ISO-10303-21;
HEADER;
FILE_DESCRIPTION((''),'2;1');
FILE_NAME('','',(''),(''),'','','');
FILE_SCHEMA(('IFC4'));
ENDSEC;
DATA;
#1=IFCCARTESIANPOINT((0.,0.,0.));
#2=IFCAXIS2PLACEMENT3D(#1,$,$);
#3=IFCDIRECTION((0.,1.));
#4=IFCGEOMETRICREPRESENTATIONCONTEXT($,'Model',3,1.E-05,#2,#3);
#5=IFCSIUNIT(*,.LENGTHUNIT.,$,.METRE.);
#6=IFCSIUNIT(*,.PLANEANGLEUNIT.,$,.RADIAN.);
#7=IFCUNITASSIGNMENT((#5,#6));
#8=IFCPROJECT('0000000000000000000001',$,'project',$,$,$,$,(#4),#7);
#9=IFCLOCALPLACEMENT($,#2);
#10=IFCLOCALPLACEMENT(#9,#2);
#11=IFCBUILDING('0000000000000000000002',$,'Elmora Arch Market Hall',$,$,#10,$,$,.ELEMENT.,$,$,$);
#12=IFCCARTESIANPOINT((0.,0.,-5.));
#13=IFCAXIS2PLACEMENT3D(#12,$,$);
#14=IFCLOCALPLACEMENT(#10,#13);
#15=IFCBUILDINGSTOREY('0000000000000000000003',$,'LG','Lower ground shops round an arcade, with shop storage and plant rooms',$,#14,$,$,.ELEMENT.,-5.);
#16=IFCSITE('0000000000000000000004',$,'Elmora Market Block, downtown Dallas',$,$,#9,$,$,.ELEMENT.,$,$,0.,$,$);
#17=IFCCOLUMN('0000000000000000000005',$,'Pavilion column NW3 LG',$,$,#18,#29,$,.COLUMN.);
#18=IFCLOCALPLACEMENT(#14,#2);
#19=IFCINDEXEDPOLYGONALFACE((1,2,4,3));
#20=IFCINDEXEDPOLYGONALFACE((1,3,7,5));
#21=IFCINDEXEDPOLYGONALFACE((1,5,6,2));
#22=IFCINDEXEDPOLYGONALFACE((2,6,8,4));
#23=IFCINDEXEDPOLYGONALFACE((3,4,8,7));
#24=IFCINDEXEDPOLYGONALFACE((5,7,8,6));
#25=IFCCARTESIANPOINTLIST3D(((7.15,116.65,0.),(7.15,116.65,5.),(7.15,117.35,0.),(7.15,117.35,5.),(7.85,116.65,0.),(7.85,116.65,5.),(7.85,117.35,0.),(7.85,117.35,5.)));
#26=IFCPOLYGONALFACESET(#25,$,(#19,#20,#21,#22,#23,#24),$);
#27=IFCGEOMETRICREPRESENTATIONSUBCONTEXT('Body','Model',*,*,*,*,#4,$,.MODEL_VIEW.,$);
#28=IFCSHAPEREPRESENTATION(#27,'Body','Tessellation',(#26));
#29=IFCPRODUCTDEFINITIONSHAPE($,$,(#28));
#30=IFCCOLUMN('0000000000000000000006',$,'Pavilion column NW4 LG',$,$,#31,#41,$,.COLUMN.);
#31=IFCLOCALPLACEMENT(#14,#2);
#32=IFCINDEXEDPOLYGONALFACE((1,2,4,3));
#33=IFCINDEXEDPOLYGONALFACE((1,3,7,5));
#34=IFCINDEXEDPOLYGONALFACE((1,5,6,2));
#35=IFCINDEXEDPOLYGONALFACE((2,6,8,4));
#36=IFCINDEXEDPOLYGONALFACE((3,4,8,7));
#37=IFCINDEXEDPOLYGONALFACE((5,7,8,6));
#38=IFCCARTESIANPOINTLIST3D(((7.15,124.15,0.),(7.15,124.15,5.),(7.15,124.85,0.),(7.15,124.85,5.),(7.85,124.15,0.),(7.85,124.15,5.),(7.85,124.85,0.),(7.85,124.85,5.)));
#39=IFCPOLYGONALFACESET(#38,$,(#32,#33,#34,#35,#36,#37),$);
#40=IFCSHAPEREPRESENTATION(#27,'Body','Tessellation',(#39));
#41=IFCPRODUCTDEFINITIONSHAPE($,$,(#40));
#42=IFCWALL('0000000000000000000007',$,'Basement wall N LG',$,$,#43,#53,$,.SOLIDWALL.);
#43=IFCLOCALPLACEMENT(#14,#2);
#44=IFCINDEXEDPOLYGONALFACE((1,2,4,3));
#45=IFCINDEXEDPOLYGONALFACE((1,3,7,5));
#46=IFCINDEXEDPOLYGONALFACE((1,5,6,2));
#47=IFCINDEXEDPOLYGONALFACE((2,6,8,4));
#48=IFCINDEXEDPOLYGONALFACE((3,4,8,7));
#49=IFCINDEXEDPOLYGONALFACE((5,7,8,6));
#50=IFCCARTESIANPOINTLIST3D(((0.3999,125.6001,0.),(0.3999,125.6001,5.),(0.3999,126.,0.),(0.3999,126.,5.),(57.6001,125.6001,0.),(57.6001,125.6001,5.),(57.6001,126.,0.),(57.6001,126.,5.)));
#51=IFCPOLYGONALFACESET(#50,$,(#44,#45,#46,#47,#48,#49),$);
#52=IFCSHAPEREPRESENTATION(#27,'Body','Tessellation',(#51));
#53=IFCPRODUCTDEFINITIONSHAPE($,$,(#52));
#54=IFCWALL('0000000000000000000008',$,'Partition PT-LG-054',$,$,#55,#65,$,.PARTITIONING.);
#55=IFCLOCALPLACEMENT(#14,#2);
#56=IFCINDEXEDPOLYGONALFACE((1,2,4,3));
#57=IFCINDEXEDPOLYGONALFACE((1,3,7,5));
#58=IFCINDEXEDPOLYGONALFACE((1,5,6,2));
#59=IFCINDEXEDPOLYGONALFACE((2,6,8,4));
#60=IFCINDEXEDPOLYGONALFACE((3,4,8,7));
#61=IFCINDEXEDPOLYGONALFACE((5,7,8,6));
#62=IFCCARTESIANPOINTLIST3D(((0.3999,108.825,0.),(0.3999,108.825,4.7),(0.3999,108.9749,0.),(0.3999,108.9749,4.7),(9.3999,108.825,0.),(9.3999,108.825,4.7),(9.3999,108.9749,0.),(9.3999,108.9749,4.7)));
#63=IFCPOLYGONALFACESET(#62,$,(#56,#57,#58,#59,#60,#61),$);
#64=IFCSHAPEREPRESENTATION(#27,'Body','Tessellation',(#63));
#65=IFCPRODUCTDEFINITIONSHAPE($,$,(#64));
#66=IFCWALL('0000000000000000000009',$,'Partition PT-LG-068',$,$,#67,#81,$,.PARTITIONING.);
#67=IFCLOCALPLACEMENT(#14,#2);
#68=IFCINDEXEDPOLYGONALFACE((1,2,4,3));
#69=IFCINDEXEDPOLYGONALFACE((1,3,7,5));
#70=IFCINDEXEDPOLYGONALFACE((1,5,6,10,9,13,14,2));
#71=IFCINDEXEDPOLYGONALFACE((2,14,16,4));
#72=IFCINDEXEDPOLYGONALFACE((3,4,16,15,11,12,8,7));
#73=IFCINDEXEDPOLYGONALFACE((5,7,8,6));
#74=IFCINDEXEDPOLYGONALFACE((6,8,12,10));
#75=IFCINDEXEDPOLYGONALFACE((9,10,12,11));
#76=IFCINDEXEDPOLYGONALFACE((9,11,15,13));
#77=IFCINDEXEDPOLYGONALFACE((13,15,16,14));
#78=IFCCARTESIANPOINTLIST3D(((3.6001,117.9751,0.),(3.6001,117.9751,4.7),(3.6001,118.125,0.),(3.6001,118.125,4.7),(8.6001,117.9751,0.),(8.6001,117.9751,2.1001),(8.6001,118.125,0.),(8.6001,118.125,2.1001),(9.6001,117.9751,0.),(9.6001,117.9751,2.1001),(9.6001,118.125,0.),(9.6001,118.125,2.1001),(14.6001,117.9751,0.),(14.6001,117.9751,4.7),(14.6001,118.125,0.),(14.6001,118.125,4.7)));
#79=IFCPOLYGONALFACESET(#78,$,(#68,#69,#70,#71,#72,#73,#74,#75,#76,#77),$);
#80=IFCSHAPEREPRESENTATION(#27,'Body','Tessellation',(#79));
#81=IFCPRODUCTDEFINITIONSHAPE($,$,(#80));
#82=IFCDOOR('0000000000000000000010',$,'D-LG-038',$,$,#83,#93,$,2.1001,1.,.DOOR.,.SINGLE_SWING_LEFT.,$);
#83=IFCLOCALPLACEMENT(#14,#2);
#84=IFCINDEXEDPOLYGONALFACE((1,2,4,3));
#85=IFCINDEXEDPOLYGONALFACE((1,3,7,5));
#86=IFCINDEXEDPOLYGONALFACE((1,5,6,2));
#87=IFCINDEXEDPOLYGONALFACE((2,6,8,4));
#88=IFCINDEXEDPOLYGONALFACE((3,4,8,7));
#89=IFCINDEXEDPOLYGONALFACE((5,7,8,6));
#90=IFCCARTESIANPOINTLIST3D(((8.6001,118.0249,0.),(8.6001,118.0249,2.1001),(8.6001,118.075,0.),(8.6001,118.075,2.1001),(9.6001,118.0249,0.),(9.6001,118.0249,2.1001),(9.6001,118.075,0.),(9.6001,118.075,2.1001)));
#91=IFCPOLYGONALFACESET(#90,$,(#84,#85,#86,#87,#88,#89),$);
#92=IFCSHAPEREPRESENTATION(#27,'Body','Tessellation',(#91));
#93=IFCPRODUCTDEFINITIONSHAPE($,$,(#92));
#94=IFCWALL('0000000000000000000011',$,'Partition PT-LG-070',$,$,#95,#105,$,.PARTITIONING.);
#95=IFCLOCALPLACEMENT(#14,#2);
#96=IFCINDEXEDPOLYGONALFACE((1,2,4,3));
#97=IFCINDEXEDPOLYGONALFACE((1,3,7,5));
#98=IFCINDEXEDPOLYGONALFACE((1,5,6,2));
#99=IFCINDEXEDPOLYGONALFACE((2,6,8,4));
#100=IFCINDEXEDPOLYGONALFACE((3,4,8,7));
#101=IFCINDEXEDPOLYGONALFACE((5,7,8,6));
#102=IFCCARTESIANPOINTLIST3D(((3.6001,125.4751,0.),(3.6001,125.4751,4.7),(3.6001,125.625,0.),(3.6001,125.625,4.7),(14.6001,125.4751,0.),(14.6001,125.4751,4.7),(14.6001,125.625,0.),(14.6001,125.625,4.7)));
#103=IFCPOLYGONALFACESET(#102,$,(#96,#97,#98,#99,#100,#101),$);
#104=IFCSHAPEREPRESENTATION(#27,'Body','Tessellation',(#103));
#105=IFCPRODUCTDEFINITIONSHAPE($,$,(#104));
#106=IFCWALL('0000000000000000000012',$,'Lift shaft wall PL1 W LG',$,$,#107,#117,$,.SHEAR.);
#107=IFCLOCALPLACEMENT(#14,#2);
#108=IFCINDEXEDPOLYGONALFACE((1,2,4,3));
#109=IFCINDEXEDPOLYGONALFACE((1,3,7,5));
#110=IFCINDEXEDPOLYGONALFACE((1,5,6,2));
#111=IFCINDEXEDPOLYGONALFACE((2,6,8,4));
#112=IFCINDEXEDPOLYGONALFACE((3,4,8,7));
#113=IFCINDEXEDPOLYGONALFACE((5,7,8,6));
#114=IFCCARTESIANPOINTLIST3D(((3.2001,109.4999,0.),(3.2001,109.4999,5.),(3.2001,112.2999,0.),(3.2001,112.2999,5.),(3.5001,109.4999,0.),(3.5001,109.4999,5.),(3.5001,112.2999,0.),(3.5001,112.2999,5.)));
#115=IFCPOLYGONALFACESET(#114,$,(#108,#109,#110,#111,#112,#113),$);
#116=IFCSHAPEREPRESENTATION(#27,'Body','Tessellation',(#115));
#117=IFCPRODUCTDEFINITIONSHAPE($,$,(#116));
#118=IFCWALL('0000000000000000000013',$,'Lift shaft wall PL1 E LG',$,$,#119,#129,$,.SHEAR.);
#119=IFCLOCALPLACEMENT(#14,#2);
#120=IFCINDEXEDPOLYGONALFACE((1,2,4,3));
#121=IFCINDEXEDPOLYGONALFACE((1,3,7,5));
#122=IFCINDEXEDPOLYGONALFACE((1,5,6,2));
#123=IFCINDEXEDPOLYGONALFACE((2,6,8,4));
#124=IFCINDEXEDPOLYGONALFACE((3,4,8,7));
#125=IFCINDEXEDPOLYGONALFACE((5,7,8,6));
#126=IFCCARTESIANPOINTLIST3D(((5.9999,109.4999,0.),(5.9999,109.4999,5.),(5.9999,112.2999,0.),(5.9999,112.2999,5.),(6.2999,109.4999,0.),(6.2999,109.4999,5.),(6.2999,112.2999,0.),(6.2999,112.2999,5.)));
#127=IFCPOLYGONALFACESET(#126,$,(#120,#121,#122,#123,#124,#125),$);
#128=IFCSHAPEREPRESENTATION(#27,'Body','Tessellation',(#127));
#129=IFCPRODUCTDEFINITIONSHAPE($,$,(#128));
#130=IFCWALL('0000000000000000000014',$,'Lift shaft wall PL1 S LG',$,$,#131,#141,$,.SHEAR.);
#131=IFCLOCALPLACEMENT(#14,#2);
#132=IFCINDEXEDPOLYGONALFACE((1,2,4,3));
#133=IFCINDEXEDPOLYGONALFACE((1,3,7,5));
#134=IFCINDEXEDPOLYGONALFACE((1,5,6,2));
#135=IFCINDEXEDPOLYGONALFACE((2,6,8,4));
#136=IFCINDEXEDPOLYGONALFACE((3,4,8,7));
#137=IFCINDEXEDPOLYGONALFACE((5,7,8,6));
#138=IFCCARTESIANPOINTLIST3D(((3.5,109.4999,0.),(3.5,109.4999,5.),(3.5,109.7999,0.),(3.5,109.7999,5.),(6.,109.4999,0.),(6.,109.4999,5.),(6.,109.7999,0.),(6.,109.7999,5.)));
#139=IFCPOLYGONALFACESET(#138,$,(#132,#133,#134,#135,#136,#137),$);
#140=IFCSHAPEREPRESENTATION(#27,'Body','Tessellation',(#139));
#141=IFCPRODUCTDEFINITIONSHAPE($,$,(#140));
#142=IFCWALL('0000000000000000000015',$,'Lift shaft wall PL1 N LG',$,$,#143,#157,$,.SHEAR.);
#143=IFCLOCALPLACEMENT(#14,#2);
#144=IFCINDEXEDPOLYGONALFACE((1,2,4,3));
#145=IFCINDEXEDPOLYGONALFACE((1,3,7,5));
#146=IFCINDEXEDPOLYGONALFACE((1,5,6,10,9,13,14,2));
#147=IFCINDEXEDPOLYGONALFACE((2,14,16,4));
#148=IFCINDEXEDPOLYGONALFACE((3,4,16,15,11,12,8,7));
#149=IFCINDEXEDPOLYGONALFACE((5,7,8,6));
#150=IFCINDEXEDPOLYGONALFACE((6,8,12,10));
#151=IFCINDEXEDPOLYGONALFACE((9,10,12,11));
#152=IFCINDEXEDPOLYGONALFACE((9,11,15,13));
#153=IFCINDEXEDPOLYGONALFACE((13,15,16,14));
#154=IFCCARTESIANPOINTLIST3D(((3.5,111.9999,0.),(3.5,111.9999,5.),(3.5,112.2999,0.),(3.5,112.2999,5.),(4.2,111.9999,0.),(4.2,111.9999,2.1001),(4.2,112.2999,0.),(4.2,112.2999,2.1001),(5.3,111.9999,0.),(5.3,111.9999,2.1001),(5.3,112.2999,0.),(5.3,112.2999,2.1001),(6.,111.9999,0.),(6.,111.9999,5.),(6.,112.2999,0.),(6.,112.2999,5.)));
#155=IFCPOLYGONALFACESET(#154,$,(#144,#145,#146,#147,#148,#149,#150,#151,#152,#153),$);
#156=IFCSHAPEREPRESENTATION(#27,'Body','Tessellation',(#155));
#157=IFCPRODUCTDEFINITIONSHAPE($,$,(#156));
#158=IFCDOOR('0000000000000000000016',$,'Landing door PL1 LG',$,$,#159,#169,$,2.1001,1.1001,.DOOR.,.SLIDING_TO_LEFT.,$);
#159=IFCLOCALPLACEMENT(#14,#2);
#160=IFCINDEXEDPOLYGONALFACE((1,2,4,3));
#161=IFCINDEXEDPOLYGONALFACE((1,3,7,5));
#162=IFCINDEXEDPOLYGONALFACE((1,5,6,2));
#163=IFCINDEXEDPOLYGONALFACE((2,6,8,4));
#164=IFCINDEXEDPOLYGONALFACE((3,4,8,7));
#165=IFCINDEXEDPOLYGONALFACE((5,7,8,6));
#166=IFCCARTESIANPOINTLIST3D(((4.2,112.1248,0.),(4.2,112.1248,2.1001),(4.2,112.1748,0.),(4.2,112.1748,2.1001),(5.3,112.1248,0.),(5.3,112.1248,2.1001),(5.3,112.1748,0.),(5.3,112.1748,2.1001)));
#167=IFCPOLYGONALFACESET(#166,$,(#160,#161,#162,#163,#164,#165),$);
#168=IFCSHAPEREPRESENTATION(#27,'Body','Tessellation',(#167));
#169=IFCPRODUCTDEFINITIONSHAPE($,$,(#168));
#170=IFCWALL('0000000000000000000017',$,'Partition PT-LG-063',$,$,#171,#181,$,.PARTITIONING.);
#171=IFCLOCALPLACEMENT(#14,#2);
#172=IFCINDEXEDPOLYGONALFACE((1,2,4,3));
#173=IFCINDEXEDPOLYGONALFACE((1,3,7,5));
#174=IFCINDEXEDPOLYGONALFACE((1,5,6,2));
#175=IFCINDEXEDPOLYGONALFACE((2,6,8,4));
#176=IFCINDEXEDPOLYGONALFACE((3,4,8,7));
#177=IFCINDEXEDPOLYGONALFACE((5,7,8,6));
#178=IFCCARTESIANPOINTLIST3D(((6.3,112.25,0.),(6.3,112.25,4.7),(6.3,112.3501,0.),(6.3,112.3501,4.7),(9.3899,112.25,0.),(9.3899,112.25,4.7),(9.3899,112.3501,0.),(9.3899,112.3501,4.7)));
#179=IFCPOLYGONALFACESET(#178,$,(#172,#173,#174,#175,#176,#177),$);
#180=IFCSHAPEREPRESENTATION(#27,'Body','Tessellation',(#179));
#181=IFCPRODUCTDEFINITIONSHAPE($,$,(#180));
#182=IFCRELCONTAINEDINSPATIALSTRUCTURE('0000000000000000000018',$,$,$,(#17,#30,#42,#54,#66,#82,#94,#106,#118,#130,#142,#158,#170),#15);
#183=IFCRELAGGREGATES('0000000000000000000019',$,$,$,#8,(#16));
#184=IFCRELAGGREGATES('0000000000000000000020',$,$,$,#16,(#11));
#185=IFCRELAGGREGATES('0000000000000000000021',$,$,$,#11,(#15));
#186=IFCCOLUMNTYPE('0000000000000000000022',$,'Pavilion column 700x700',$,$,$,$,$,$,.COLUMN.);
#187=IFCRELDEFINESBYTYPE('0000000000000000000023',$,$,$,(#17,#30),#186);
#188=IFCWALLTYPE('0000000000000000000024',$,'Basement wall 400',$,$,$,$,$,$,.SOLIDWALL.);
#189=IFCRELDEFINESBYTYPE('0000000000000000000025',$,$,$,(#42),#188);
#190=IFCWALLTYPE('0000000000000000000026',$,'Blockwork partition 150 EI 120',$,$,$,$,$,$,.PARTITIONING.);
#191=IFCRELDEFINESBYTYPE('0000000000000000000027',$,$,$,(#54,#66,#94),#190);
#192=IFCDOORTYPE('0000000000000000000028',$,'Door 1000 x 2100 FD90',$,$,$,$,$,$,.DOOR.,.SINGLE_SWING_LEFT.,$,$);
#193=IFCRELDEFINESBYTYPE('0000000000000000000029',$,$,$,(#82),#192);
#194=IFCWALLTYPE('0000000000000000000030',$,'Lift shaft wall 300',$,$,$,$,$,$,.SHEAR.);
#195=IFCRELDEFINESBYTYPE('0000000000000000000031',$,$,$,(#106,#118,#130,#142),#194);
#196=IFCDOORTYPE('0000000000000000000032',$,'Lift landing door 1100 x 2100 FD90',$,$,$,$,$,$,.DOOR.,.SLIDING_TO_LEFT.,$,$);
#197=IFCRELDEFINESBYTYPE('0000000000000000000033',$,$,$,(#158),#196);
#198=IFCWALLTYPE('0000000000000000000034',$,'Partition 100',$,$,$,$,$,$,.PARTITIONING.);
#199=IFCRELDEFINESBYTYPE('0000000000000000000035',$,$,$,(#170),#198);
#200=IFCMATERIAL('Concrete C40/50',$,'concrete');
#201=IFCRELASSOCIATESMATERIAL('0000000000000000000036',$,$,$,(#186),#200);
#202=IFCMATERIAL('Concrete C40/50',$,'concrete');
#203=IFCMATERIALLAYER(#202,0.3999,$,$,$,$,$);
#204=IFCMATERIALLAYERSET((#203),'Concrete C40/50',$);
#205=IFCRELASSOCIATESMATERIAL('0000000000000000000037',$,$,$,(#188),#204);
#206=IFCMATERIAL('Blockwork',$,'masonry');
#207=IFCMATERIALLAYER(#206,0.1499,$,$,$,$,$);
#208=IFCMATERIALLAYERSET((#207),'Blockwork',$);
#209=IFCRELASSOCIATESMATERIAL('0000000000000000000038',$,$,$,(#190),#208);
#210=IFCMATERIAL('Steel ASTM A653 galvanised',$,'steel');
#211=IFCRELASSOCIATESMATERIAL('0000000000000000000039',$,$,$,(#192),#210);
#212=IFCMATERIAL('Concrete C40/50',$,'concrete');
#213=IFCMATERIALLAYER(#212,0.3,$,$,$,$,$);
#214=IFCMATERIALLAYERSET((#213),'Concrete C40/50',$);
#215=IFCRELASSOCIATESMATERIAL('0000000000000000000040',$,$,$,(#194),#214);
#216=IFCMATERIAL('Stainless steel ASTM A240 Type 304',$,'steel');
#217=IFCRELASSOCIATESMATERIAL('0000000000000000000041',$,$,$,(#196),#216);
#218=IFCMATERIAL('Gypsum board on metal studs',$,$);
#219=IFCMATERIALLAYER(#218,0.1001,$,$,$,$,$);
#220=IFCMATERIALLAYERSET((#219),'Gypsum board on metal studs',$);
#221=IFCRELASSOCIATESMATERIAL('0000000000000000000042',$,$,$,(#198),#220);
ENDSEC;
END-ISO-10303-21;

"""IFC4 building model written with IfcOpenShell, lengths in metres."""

from ifc_helpers import new_model, si_unit, direction, frame, frame_2d, origin, origin_2d, place, context, subcontext, project, spatial, rectangle, extrude, material, layer, layer_set, material_profile, profile_set, type_object, element, fill, save


model = new_model("IFC4")

# Units and contexts
model_context = context("Model", 3, precision=1e-05, world=origin(), true_north=direction((0.0, 1.0)))
body_context = subcontext(model_context, "Body", "Model", "MODEL_VIEW")
ifc_project = project(units=[si_unit("LENGTHUNIT", "METRE"), si_unit("PLANEANGLEUNIT", "RADIAN")], contexts=[model_context])

# Site, building, storey
site_placement = place(None, origin())
site = spatial("IfcSite", under=ifc_project, at=site_placement, Name="Elmora Market Block, downtown Dallas", CompositionType="ELEMENT", RefElevation=0.0)
building_placement = place(site_placement, origin())
building = spatial("IfcBuilding", under=site, at=building_placement, Name="Elmora Arch Market Hall", CompositionType="ELEMENT")
storey_placement = place(building_placement, frame((0.0, 0.0, -5.0)))
storey = spatial("IfcBuildingStorey", under=building, at=storey_placement, Name="LG", Description="Lower ground shops round an arcade, with shop storage and plant rooms", CompositionType="ELEMENT", Elevation=-5.0)

# Columns
ifc_material_1 = material(Name="Concrete C40/50", Category="concrete")
ifc_material_profile = material_profile(ifc_material_1, rectangle(XDim=0.7, YDim=0.7, at=origin_2d()), Name="Pavilion column 700x700")
ifc_profile_set = profile_set([ifc_material_profile], Name="Concrete C40/50")
column_type = type_object("IfcColumnType", Name="Pavilion column 700x700", PredefinedType="COLUMN", material=ifc_profile_set)
for number, where, z_axis, x_axis, name in (
    (1, (7.5, 117.0, 0.0), (0.0, 0.0, 1.0), (1.0, 0.0, 0.0), "Pavilion column NW3 LG"),
    (2, (7.5, 124.5, 0.0), (0.0, 0.0, 1.0), (1.0, 0.0, 0.0), "Pavilion column NW4 LG"),
):
    element("IfcColumn", number, at=place(storey_placement, frame(where, z_axis=z_axis, x_axis=x_axis)), inside=storey, type_object=column_type, Name=name, PredefinedType="COLUMN", context=body_context, shape_type="SweptSolid", body=[
        extrude(rectangle(XDim=0.7, YDim=0.7, at=origin_2d()), origin(), (0.0, 0.0, 1.0), 5.0),
    ])

# Walls
ifc_material_2 = material(Name="Concrete C40/50", Category="concrete")
ifc_layer_1 = layer(ifc_material_2, 0.3999)
ifc_layer_set_1 = layer_set([ifc_layer_1], Name="Concrete C40/50")
wall_type_1 = type_object("IfcWallType", Name="Basement wall 400", PredefinedType="SOLIDWALL", material=ifc_layer_set_1)
wall_1_placement = place(storey_placement, frame((0.3999, 125.8, 0.0), z_axis=(0.0, 0.0, 1.0), x_axis=(1.0, 0.0, 0.0)))
element("IfcWall", 3, at=wall_1_placement, inside=storey, type_object=wall_type_1, Name="Basement wall N LG", PredefinedType="SOLIDWALL", context=body_context, shape_type="SweptSolid", body=[
    extrude(rectangle(XDim=57.2002, YDim=0.3999, at=frame_2d((28.6001, 0.0))), origin(), (0.0, 0.0, 1.0), 5.0),
])
ifc_material_3 = material(Name="Blockwork", Category="masonry")
ifc_layer_2 = layer(ifc_material_3, 0.1499)
ifc_layer_set_2 = layer_set([ifc_layer_2], Name="Blockwork")
wall_type_2 = type_object("IfcWallType", Name="Blockwork partition 150 EI 120", PredefinedType="PARTITIONING", material=ifc_layer_set_2)
wall_2_placement = place(storey_placement, frame((0.3999, 108.8999, 0.0), z_axis=(0.0, 0.0, 1.0), x_axis=(1.0, 0.0, 0.0)))
element("IfcWall", 4, at=wall_2_placement, inside=storey, type_object=wall_type_2, Name="Partition PT-LG-054", PredefinedType="PARTITIONING", context=body_context, shape_type="SweptSolid", body=[
    extrude(rectangle(XDim=9.0, YDim=0.1499, at=frame_2d((4.5, 0.0))), origin(), (0.0, 0.0, 1.0), 4.7),
])

# Wall, opening, door
wall_3_placement = place(storey_placement, frame((3.6001, 118.05, 0.0), z_axis=(0.0, 0.0, 1.0), x_axis=(1.0, 0.0, 0.0)))
wall_3 = element("IfcWall", 5, at=wall_3_placement, inside=storey, type_object=wall_type_2, Name="Partition PT-LG-068", PredefinedType="PARTITIONING", context=body_context, shape_type="SweptSolid", body=[
    extrude(rectangle(XDim=11.0, YDim=0.1499, at=frame_2d((5.5, 0.0))), origin(), (0.0, 0.0, 1.0), 4.7),
])
opening_1_placement = place(wall_3_placement, frame((5.0, 0.0, 0.0)))
opening_1 = element("IfcOpeningElement", 6, at=opening_1_placement, cuts=wall_3, PredefinedType="OPENING", context=body_context, shape_type="SweptSolid", body=[
    extrude(rectangle(XDim=1.0, YDim=2.1001, at=frame_2d((0.5, 1.05))), frame((0.0, 0.085, 0.0), z_axis=(0.0, -1.0, 0.0), x_axis=(1.0, 0.0, 0.0)), (0.0, 0.0, 1.0), 0.1699),
])
ifc_material_4 = material(Name="Steel ASTM A653 galvanised", Category="steel")
door_type_1 = type_object("IfcDoorType", Name="Door 1000 x 2100 FD90", OperationType="SINGLE_SWING_LEFT", PredefinedType="DOOR", material=ifc_material_4)
door_1_placement = place(opening_1_placement, origin())
door_1 = element("IfcDoor", 7, at=door_1_placement, inside=storey, type_object=door_type_1, Name="D-LG-038", OperationType="SINGLE_SWING_LEFT", OverallHeight=2.1001, OverallWidth=1.0, PredefinedType="DOOR", context=body_context, shape_type="SweptSolid", body=[
    extrude(rectangle(XDim=1.0, YDim=2.1001, at=frame_2d((0.5, 1.05))), frame((0.0, 0.0249, 0.0), z_axis=(0.0, -1.0, 0.0), x_axis=(1.0, 0.0, 0.0)), (0.0, 0.0, 1.0), 0.05),
])
fill(opening_1, door_1)

# Walls
wall_4_placement = place(storey_placement, frame((3.6001, 125.55, 0.0), z_axis=(0.0, 0.0, 1.0), x_axis=(1.0, 0.0, 0.0)))
element("IfcWall", 8, at=wall_4_placement, inside=storey, type_object=wall_type_2, Name="Partition PT-LG-070", PredefinedType="PARTITIONING", context=body_context, shape_type="SweptSolid", body=[
    extrude(rectangle(XDim=11.0, YDim=0.1499, at=frame_2d((5.5, 0.0))), origin(), (0.0, 0.0, 1.0), 4.7),
])
ifc_material_5 = material(Name="Concrete C40/50", Category="concrete")
ifc_layer_3 = layer(ifc_material_5, 0.3)
ifc_layer_set_3 = layer_set([ifc_layer_3], Name="Concrete C40/50")
wall_type_3 = type_object("IfcWallType", Name="Lift shaft wall 300", PredefinedType="SHEAR", material=ifc_layer_set_3)
for number, where, z_axis, x_axis, name in (
    (9, (3.3501, 109.5, 0.0), (0.0, 0.0, 1.0), (0.0, 1.0, 0.0), "Lift shaft wall PL1 W LG"),
    (10, (6.1499, 109.5, 0.0), (0.0, 0.0, 1.0), (0.0, 1.0, 0.0), "Lift shaft wall PL1 E LG"),
):
    element("IfcWall", number, at=place(storey_placement, frame(where, z_axis=z_axis, x_axis=x_axis)), inside=storey, type_object=wall_type_3, Name=name, PredefinedType="SHEAR", context=body_context, shape_type="SweptSolid", body=[
        extrude(rectangle(XDim=2.8, YDim=0.3, at=frame_2d((1.3999, 0.0))), origin(), (0.0, 0.0, 1.0), 5.0),
    ])
wall_5_placement = place(storey_placement, frame((3.5, 109.6499, 0.0), z_axis=(0.0, 0.0, 1.0), x_axis=(1.0, 0.0, 0.0)))
element("IfcWall", 11, at=wall_5_placement, inside=storey, type_object=wall_type_3, Name="Lift shaft wall PL1 S LG", PredefinedType="SHEAR", context=body_context, shape_type="SweptSolid", body=[
    extrude(rectangle(XDim=2.5, YDim=0.3, at=frame_2d((1.25, 0.0))), origin(), (0.0, 0.0, 1.0), 5.0),
])

# Wall, opening, door
wall_6_placement = place(storey_placement, frame((3.5, 112.1499, 0.0), z_axis=(0.0, 0.0, 1.0), x_axis=(1.0, 0.0, 0.0)))
wall_6 = element("IfcWall", 12, at=wall_6_placement, inside=storey, type_object=wall_type_3, Name="Lift shaft wall PL1 N LG", PredefinedType="SHEAR", context=body_context, shape_type="SweptSolid", body=[
    extrude(rectangle(XDim=2.5, YDim=0.3, at=frame_2d((1.25, 0.0))), origin(), (0.0, 0.0, 1.0), 5.0),
])
opening_2_placement = place(wall_6_placement, frame((0.7, 0.0, 0.0)))
opening_2 = element("IfcOpeningElement", 13, at=opening_2_placement, cuts=wall_6, PredefinedType="OPENING", context=body_context, shape_type="SweptSolid", body=[
    extrude(rectangle(XDim=1.1001, YDim=2.1001, at=frame_2d((0.55, 1.05))), frame((0.0, 0.1599, 0.0), z_axis=(0.0, -1.0, 0.0), x_axis=(1.0, 0.0, 0.0)), (0.0, 0.0, 1.0), 0.3201),
])
ifc_material_6 = material(Name="Stainless steel ASTM A240 Type 304", Category="steel")
door_type_2 = type_object("IfcDoorType", Name="Lift landing door 1100 x 2100 FD90", OperationType="SLIDING_TO_LEFT", PredefinedType="DOOR", material=ifc_material_6)
door_2_placement = place(opening_2_placement, origin())
door_2 = element("IfcDoor", 14, at=door_2_placement, inside=storey, type_object=door_type_2, Name="Landing door PL1 LG", OperationType="SLIDING_TO_LEFT", OverallHeight=2.1001, OverallWidth=1.1001, PredefinedType="DOOR", context=body_context, shape_type="SweptSolid", body=[
    extrude(rectangle(XDim=1.1001, YDim=2.1001, at=frame_2d((0.55, 1.05))), frame((0.0, 0.0249, 0.0), z_axis=(0.0, -1.0, 0.0), x_axis=(1.0, 0.0, 0.0)), (0.0, 0.0, 1.0), 0.05),
])
fill(opening_2, door_2)

# Wall
ifc_material_7 = material(Name="Gypsum board on metal studs")
ifc_layer_4 = layer(ifc_material_7, 0.1001)
ifc_layer_set_4 = layer_set([ifc_layer_4], Name="Gypsum board on metal studs")
wall_type_4 = type_object("IfcWallType", Name="Partition 100", PredefinedType="PARTITIONING", material=ifc_layer_set_4)
wall_7_placement = place(storey_placement, frame((6.3, 112.3, 0.0), z_axis=(0.0, 0.0, 1.0), x_axis=(1.0, 0.0, 0.0)))
element("IfcWall", 15, at=wall_7_placement, inside=storey, type_object=wall_type_4, Name="Partition PT-LG-063", PredefinedType="PARTITIONING", context=body_context, shape_type="SweptSolid", body=[
    extrude(rectangle(XDim=3.0898, YDim=0.1001, at=frame_2d((1.5449, 0.0))), origin(), (0.0, 0.0, 1.0), 4.7),
])

save(model, "model.ifc")
